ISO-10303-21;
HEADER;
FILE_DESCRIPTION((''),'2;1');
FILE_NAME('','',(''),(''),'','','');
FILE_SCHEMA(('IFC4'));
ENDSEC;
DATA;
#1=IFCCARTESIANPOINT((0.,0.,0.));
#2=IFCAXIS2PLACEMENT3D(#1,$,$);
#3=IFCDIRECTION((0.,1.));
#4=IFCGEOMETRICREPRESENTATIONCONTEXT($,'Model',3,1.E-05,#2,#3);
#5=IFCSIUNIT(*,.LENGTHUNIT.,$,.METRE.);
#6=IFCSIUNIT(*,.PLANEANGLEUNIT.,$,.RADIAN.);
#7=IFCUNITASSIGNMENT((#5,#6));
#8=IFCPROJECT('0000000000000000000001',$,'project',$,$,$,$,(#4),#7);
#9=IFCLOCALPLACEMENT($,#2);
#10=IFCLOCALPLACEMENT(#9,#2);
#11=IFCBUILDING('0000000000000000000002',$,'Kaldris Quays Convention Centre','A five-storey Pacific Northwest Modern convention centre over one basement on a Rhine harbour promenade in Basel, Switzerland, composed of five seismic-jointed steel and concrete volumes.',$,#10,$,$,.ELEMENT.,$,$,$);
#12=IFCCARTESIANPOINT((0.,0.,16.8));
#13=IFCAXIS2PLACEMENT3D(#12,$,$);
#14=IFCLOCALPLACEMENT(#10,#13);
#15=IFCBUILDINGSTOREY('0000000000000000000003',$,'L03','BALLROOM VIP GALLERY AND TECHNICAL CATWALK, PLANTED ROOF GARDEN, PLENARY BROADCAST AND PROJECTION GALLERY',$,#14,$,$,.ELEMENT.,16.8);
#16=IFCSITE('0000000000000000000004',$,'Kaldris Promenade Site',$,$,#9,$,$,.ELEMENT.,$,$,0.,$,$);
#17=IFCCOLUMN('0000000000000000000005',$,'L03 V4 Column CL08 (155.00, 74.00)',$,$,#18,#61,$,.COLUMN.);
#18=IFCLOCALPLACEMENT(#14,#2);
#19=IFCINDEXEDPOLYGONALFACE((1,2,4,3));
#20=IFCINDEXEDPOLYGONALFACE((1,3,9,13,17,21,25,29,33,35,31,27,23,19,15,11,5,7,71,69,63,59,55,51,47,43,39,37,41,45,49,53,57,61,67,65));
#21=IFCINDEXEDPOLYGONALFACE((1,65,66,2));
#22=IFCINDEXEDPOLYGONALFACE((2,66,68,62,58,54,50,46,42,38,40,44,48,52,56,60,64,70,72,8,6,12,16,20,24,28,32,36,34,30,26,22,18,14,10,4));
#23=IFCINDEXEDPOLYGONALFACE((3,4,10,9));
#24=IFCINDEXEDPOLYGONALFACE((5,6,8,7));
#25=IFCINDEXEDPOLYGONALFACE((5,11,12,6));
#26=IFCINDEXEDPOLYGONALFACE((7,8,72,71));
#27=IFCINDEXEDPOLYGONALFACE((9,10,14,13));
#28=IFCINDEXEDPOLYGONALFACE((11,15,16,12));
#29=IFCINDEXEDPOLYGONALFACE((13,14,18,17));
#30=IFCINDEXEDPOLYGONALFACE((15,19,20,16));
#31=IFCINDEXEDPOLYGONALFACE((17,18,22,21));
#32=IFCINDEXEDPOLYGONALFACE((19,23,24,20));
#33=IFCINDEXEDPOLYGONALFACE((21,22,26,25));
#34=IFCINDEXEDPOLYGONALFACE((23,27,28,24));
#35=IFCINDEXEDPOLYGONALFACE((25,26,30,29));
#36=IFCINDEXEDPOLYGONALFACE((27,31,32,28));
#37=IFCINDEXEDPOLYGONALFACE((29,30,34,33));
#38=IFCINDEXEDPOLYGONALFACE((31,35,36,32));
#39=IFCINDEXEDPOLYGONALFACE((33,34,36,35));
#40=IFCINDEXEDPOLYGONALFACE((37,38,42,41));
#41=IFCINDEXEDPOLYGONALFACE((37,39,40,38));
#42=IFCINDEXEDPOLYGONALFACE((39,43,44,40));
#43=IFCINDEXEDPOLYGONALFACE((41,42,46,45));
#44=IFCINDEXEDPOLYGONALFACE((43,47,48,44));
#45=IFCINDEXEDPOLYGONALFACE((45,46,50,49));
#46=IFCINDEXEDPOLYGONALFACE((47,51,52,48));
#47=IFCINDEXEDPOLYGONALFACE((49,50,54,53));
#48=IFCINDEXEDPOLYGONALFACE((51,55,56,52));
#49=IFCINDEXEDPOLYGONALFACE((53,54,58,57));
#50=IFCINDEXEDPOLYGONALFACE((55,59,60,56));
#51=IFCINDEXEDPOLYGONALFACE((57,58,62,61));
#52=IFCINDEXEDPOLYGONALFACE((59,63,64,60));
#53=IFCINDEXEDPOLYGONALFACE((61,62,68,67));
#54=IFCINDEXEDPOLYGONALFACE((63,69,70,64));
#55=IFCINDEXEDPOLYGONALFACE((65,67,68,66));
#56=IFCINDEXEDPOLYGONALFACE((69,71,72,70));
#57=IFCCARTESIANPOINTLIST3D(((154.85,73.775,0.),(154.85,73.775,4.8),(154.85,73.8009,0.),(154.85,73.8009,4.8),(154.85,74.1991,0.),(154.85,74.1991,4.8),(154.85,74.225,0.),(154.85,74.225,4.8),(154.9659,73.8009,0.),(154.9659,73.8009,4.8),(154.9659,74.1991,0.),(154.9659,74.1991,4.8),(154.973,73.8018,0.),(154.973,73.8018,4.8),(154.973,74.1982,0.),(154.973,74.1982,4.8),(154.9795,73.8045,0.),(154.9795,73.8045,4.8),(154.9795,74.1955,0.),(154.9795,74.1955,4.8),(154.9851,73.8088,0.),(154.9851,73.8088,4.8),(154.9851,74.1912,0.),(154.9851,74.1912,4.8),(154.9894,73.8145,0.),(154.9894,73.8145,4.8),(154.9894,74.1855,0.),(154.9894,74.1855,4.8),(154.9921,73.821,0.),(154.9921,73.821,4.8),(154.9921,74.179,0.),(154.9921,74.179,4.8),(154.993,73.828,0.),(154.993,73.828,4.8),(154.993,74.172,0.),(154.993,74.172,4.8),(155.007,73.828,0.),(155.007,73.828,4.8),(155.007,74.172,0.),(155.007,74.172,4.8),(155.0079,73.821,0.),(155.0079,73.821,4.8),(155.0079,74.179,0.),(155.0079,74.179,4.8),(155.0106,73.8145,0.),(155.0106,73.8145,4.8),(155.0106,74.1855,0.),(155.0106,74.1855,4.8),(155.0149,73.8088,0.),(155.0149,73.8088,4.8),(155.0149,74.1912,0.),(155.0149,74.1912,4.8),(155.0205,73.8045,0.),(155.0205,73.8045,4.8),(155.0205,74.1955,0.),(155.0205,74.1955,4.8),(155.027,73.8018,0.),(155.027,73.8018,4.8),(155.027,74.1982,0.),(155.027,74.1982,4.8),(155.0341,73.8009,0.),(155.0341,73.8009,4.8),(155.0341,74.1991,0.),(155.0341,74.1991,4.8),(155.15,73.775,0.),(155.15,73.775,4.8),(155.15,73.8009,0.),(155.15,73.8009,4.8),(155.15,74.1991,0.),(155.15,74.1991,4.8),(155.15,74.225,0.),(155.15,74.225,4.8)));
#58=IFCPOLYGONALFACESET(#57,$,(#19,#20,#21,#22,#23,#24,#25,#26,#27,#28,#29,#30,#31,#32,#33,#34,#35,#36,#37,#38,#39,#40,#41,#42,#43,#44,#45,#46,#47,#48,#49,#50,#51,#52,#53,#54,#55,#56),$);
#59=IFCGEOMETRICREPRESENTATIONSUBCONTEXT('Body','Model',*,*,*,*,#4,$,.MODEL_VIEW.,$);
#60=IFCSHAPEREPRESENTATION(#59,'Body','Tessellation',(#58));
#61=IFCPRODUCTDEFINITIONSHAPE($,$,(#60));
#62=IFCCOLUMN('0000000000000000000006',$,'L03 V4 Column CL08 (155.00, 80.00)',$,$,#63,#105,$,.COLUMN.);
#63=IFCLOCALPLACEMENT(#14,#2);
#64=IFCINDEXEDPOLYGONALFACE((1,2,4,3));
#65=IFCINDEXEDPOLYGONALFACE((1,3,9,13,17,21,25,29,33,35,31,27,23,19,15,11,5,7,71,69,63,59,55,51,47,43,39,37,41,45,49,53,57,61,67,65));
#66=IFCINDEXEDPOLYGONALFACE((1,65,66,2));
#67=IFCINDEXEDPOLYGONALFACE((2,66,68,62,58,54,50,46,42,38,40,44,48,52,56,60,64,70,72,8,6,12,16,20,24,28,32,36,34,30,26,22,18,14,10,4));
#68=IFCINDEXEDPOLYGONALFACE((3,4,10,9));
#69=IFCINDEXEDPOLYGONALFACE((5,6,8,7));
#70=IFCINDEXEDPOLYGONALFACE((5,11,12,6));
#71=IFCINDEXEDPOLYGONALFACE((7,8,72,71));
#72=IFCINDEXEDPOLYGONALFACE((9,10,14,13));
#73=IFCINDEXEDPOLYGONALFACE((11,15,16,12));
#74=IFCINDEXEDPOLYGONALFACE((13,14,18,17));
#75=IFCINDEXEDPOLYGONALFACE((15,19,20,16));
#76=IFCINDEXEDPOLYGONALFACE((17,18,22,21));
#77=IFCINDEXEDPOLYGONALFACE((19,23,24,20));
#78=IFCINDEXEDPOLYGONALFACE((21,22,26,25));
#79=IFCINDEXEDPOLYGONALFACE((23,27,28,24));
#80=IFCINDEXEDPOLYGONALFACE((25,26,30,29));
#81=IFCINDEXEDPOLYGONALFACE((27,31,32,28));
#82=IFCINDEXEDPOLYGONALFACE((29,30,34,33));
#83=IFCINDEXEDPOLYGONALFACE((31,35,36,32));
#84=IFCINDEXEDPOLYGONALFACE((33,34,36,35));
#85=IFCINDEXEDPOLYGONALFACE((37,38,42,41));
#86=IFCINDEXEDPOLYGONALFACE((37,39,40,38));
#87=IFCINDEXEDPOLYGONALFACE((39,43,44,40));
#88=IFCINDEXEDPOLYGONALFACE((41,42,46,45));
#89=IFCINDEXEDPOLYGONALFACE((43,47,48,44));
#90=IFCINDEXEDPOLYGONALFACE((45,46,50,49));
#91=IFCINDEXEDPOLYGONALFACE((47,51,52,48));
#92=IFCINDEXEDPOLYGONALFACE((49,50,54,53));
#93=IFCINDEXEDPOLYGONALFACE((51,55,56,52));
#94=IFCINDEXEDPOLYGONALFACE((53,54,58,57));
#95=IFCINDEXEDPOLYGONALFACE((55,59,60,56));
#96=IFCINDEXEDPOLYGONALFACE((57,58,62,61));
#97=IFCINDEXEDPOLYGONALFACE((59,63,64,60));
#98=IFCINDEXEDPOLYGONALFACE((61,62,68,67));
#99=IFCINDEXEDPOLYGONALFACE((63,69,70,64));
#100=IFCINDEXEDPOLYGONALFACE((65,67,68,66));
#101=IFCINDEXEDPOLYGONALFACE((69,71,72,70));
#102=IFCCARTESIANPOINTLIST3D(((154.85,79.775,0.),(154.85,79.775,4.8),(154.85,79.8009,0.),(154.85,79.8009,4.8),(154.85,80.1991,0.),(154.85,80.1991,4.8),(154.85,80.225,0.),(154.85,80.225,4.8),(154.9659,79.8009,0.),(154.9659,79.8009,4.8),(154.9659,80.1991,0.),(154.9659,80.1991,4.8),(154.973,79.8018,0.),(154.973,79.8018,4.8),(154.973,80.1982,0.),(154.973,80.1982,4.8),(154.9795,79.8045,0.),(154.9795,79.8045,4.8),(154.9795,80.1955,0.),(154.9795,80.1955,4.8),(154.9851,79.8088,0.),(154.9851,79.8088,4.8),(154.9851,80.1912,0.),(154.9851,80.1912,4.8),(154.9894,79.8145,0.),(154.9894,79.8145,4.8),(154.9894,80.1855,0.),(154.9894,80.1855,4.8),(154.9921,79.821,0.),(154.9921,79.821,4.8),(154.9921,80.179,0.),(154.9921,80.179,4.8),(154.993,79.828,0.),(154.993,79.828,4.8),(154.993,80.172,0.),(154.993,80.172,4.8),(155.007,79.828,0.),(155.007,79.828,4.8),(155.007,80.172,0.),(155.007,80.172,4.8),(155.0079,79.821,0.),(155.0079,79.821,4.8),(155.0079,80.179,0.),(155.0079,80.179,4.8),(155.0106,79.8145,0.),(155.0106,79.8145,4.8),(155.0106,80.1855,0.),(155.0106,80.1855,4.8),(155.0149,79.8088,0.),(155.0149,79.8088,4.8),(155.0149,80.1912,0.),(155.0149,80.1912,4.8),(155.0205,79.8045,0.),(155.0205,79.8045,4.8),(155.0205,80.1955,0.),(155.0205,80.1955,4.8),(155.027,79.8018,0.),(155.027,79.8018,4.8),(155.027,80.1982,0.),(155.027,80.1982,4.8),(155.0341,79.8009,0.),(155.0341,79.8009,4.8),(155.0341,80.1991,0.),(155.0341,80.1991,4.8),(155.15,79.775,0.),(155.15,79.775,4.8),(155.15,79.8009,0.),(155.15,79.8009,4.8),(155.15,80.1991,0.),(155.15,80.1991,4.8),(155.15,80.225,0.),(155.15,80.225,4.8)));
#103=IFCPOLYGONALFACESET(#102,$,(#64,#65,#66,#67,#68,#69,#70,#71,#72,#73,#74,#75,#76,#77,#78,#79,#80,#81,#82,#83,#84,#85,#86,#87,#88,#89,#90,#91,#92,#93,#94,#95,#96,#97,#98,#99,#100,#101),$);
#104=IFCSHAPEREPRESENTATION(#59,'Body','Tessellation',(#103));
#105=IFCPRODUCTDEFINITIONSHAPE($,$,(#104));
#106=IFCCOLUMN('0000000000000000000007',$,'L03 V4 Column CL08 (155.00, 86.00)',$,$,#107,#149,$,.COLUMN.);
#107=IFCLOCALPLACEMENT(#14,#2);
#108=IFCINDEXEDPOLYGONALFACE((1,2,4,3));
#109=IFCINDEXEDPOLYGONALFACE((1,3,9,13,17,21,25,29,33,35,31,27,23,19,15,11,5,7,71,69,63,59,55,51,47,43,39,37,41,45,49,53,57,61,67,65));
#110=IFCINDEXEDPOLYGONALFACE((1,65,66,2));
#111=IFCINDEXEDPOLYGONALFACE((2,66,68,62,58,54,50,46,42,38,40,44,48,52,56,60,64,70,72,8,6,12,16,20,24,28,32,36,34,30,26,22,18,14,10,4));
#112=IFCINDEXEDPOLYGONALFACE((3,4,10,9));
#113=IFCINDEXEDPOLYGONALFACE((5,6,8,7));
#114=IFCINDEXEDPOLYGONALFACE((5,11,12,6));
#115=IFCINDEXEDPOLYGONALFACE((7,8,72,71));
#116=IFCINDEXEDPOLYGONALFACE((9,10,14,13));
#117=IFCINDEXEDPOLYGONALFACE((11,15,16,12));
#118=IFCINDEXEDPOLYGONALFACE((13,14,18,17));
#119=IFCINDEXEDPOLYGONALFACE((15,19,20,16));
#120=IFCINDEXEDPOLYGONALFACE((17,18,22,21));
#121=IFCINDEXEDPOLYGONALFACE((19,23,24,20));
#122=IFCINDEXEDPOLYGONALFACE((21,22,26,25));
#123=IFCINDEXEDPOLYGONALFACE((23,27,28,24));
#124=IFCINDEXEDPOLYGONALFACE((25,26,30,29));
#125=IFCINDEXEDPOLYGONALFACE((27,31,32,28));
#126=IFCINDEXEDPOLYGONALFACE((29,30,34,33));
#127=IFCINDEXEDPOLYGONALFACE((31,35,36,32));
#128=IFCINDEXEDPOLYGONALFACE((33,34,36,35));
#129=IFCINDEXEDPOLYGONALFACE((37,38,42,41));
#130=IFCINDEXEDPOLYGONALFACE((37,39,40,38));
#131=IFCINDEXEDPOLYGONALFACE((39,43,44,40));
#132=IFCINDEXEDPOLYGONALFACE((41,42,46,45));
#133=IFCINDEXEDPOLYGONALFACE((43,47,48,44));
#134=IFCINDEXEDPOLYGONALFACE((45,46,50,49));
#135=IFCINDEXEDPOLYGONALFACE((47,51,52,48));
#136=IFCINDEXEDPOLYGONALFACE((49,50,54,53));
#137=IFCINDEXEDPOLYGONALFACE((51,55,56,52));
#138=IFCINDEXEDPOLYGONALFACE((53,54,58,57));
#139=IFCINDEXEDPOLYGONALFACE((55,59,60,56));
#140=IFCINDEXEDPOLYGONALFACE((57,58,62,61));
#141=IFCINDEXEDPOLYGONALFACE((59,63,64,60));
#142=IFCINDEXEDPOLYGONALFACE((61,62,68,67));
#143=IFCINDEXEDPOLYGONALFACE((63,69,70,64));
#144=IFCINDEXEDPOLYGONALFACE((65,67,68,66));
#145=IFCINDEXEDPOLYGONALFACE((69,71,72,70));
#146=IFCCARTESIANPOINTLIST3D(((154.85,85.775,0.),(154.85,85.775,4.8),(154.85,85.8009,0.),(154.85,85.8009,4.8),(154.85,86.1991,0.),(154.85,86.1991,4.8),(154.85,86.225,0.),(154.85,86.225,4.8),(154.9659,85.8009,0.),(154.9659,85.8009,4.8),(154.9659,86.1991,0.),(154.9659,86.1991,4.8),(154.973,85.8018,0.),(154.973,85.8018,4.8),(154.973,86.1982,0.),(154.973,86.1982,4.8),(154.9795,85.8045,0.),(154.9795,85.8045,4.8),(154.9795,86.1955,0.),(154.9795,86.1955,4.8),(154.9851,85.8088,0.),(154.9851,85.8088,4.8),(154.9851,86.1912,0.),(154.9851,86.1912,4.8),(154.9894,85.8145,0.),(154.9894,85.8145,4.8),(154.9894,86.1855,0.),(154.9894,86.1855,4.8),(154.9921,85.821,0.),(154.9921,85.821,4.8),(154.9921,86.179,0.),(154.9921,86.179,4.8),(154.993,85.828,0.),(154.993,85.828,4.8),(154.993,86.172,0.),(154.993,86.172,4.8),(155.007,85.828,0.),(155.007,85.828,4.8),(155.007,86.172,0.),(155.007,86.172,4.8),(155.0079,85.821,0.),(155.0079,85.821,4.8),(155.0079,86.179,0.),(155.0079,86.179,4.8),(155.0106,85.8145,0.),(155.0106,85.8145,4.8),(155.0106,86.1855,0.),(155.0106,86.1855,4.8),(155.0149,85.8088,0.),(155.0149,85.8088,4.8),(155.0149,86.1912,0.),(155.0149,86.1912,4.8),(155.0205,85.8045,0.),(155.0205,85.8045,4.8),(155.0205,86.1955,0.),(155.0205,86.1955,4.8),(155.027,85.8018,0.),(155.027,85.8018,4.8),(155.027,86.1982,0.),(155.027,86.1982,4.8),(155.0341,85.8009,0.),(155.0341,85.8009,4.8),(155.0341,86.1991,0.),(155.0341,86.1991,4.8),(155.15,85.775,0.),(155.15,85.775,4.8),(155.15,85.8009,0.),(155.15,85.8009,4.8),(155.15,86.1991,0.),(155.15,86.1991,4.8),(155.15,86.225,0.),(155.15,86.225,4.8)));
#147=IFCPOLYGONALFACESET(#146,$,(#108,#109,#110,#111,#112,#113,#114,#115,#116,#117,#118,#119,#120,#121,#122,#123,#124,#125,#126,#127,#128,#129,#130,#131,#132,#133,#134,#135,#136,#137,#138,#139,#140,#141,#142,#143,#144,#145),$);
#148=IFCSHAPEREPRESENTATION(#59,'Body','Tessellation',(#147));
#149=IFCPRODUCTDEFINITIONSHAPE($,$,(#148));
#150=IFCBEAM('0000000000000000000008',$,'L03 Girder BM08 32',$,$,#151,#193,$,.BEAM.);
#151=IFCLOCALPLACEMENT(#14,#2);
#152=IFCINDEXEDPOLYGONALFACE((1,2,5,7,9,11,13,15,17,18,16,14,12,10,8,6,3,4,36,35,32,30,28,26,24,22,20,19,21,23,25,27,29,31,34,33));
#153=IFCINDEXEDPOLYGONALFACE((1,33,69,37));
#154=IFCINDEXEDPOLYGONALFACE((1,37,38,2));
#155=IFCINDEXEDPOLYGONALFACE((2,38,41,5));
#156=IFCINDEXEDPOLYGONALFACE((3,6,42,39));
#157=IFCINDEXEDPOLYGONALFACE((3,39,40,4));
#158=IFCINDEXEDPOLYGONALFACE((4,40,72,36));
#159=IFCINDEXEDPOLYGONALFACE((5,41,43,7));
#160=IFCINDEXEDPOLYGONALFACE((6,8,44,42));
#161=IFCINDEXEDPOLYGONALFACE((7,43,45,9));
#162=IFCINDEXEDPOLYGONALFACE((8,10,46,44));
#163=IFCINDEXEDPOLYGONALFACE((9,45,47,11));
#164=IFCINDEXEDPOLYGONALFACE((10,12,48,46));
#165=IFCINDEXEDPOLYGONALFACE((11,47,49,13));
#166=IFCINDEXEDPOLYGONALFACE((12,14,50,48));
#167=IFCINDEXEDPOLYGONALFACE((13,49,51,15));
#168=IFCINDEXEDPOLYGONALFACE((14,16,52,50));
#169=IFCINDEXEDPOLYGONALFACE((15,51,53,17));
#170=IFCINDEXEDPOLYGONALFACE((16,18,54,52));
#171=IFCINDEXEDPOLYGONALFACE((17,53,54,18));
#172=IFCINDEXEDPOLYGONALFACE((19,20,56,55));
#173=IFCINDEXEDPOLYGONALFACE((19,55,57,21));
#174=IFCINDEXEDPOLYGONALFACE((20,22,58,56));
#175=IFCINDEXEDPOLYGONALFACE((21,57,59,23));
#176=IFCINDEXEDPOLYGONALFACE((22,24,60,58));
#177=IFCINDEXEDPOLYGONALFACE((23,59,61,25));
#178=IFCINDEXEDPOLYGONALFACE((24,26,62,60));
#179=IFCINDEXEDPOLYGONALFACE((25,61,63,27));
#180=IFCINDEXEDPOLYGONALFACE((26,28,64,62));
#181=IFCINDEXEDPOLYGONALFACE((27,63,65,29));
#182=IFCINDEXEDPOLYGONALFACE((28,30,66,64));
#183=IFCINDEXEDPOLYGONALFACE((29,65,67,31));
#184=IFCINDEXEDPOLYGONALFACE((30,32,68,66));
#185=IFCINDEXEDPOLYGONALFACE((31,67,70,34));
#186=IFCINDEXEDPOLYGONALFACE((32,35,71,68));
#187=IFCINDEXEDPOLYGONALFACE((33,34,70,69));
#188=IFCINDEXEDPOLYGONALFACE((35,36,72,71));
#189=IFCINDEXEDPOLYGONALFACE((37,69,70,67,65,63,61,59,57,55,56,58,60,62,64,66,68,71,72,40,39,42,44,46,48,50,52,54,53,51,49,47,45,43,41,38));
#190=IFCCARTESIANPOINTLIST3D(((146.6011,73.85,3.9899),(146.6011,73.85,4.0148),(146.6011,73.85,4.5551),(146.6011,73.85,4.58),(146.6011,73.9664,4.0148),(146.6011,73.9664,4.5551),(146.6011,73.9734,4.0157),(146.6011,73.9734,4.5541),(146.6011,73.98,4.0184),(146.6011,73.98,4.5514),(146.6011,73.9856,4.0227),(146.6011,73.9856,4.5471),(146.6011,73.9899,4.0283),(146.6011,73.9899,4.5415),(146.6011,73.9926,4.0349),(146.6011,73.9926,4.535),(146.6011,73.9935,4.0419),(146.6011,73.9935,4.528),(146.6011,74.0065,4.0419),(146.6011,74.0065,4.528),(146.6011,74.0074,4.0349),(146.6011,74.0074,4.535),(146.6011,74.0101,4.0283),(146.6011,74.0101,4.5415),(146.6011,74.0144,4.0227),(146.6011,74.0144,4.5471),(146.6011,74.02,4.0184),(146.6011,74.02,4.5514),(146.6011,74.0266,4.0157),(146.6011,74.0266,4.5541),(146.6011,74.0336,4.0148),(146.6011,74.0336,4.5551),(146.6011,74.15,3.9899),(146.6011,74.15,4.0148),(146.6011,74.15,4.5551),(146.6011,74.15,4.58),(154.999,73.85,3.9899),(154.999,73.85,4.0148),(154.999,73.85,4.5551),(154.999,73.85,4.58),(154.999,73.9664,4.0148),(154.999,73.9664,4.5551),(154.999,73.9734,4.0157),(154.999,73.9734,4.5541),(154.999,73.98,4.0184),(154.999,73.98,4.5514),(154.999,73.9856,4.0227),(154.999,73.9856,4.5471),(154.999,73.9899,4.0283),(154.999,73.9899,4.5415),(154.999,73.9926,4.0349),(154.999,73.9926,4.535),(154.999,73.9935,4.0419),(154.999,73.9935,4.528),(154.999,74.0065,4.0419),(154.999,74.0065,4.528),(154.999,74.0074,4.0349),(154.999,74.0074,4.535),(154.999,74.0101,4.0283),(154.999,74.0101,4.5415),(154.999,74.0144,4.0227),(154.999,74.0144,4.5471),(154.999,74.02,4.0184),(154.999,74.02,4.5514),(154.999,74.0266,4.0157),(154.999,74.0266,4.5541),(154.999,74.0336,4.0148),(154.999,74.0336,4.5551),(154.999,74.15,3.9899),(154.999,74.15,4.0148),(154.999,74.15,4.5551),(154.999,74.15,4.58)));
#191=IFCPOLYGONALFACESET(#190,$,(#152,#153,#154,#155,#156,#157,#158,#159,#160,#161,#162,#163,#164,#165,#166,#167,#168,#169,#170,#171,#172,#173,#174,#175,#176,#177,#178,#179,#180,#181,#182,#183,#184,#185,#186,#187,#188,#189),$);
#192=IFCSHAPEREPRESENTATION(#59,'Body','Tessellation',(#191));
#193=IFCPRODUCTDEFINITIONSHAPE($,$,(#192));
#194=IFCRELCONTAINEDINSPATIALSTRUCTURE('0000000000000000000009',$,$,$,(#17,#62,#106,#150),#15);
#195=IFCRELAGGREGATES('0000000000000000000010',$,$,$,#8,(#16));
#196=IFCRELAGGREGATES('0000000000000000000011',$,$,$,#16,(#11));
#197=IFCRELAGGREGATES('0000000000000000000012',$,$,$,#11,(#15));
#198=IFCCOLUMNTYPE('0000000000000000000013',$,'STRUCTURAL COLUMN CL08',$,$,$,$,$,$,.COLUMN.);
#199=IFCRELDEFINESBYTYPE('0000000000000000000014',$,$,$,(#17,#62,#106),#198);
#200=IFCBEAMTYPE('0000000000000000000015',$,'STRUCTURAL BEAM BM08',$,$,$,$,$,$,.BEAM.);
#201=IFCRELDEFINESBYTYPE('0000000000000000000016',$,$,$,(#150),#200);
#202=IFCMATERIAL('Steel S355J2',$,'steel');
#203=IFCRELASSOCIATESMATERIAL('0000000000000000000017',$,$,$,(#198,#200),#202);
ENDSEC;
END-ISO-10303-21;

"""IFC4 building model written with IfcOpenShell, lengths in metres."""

from ifc_helpers import new_model, si_unit, direction, frame, origin, origin_2d, place, context, subcontext, project, spatial, i_section, extrude, material, material_profile, profile_set, type_object, element, save


model = new_model("IFC4")

# Units and contexts
model_context = context("Model", 3, precision=1e-05, world=origin(), true_north=direction((0.0, 1.0)))
body_context = subcontext(model_context, "Body", "Model", "MODEL_VIEW")
ifc_project = project(units=[si_unit("LENGTHUNIT", "METRE"), si_unit("PLANEANGLEUNIT", "RADIAN")], contexts=[model_context])

# Site, building, storey
site_placement = place(None, origin())
site = spatial("IfcSite", under=ifc_project, at=site_placement, Name="Kaldris Promenade Site", CompositionType="ELEMENT", RefElevation=0.0)
building_placement = place(site_placement, origin())
building = spatial("IfcBuilding", under=site, at=building_placement, Name="Kaldris Quays Convention Centre", Description="A five-storey Pacific Northwest Modern convention centre over one basement on a Rhine harbour promenade in Basel, Switzerland, composed of five seismic-jointed steel and concrete volumes.", CompositionType="ELEMENT")
storey_placement = place(building_placement, frame((0.0, 0.0, 16.8)))
storey = spatial("IfcBuildingStorey", under=building, at=storey_placement, Name="L03", Description="BALLROOM VIP GALLERY AND TECHNICAL CATWALK, PLANTED ROOF GARDEN, PLENARY BROADCAST AND PROJECTION GALLERY", CompositionType="ELEMENT", Elevation=16.8)

# Columns
ifc_material_1 = material(Name="Steel S355J2", Category="steel")
ifc_material_profile_1 = material_profile(ifc_material_1, i_section(OverallWidth=0.3, OverallDepth=0.45, WebThickness=0.0139, FlangeThickness=0.0259, FilletRadius=0.0271, at=origin_2d()), Name="HEB 450")
ifc_profile_set_1 = profile_set([ifc_material_profile_1], Name="Steel S355J2")
column_type = type_object("IfcColumnType", Name="STRUCTURAL COLUMN CL08", PredefinedType="COLUMN", material=ifc_profile_set_1)
for number, where, z_axis, x_axis, name in (
    (1, (155.0, 74.0, 0.0), (0.0, 0.0, 1.0), (1.0, 0.0, 0.0), "L03 V4 Column CL08 (155.00, 74.00)"),
    (2, (155.0, 80.0, 0.0), (0.0, 0.0, 1.0), (1.0, 0.0, 0.0), "L03 V4 Column CL08 (155.00, 80.00)"),
    (3, (155.0, 86.0, 0.0), (0.0, 0.0, 1.0), (1.0, 0.0, 0.0), "L03 V4 Column CL08 (155.00, 86.00)"),
):
    element("IfcColumn", number, at=place(storey_placement, frame(where, z_axis=z_axis, x_axis=x_axis)), inside=storey, type_object=column_type, Name=name, PredefinedType="COLUMN", context=body_context, shape_type="SweptSolid", body=[
        extrude(i_section(OverallWidth=0.3, OverallDepth=0.45, WebThickness=0.0139, FlangeThickness=0.0259, FilletRadius=0.0271, at=origin_2d()), origin(), (0.0, 0.0, 1.0), 4.8),
    ])

# Beam
ifc_material_profile_2 = material_profile(ifc_material_1, i_section(OverallWidth=0.3, OverallDepth=0.5901, WebThickness=0.0129, FlangeThickness=0.0249, FilletRadius=0.0271, at=origin_2d()), Name="HEA 600")
ifc_profile_set_2 = profile_set([ifc_material_profile_2], Name="Steel S355J2")
beam_type_1 = type_object("IfcBeamType", Name="STRUCTURAL BEAM BM08", PredefinedType="BEAM", material=ifc_profile_set_2)
beam_1_placement = place(storey_placement, frame((146.6011, 74.0, 4.2849), z_axis=(1.0, 0.0, 0.0), x_axis=(0.0, 1.0, 0.0)))
element("IfcBeam", 4, at=beam_1_placement, inside=storey, type_object=beam_type_1, Name="L03 Girder BM08 32", PredefinedType="BEAM", context=body_context, shape_type="SweptSolid", body=[
    extrude(i_section(OverallWidth=0.3, OverallDepth=0.5901, WebThickness=0.0129, FlangeThickness=0.0249, FilletRadius=0.0271, at=origin_2d()), origin(), (0.0, 0.0, 1.0), 8.3979),
])

save(model, "model.ifc")
